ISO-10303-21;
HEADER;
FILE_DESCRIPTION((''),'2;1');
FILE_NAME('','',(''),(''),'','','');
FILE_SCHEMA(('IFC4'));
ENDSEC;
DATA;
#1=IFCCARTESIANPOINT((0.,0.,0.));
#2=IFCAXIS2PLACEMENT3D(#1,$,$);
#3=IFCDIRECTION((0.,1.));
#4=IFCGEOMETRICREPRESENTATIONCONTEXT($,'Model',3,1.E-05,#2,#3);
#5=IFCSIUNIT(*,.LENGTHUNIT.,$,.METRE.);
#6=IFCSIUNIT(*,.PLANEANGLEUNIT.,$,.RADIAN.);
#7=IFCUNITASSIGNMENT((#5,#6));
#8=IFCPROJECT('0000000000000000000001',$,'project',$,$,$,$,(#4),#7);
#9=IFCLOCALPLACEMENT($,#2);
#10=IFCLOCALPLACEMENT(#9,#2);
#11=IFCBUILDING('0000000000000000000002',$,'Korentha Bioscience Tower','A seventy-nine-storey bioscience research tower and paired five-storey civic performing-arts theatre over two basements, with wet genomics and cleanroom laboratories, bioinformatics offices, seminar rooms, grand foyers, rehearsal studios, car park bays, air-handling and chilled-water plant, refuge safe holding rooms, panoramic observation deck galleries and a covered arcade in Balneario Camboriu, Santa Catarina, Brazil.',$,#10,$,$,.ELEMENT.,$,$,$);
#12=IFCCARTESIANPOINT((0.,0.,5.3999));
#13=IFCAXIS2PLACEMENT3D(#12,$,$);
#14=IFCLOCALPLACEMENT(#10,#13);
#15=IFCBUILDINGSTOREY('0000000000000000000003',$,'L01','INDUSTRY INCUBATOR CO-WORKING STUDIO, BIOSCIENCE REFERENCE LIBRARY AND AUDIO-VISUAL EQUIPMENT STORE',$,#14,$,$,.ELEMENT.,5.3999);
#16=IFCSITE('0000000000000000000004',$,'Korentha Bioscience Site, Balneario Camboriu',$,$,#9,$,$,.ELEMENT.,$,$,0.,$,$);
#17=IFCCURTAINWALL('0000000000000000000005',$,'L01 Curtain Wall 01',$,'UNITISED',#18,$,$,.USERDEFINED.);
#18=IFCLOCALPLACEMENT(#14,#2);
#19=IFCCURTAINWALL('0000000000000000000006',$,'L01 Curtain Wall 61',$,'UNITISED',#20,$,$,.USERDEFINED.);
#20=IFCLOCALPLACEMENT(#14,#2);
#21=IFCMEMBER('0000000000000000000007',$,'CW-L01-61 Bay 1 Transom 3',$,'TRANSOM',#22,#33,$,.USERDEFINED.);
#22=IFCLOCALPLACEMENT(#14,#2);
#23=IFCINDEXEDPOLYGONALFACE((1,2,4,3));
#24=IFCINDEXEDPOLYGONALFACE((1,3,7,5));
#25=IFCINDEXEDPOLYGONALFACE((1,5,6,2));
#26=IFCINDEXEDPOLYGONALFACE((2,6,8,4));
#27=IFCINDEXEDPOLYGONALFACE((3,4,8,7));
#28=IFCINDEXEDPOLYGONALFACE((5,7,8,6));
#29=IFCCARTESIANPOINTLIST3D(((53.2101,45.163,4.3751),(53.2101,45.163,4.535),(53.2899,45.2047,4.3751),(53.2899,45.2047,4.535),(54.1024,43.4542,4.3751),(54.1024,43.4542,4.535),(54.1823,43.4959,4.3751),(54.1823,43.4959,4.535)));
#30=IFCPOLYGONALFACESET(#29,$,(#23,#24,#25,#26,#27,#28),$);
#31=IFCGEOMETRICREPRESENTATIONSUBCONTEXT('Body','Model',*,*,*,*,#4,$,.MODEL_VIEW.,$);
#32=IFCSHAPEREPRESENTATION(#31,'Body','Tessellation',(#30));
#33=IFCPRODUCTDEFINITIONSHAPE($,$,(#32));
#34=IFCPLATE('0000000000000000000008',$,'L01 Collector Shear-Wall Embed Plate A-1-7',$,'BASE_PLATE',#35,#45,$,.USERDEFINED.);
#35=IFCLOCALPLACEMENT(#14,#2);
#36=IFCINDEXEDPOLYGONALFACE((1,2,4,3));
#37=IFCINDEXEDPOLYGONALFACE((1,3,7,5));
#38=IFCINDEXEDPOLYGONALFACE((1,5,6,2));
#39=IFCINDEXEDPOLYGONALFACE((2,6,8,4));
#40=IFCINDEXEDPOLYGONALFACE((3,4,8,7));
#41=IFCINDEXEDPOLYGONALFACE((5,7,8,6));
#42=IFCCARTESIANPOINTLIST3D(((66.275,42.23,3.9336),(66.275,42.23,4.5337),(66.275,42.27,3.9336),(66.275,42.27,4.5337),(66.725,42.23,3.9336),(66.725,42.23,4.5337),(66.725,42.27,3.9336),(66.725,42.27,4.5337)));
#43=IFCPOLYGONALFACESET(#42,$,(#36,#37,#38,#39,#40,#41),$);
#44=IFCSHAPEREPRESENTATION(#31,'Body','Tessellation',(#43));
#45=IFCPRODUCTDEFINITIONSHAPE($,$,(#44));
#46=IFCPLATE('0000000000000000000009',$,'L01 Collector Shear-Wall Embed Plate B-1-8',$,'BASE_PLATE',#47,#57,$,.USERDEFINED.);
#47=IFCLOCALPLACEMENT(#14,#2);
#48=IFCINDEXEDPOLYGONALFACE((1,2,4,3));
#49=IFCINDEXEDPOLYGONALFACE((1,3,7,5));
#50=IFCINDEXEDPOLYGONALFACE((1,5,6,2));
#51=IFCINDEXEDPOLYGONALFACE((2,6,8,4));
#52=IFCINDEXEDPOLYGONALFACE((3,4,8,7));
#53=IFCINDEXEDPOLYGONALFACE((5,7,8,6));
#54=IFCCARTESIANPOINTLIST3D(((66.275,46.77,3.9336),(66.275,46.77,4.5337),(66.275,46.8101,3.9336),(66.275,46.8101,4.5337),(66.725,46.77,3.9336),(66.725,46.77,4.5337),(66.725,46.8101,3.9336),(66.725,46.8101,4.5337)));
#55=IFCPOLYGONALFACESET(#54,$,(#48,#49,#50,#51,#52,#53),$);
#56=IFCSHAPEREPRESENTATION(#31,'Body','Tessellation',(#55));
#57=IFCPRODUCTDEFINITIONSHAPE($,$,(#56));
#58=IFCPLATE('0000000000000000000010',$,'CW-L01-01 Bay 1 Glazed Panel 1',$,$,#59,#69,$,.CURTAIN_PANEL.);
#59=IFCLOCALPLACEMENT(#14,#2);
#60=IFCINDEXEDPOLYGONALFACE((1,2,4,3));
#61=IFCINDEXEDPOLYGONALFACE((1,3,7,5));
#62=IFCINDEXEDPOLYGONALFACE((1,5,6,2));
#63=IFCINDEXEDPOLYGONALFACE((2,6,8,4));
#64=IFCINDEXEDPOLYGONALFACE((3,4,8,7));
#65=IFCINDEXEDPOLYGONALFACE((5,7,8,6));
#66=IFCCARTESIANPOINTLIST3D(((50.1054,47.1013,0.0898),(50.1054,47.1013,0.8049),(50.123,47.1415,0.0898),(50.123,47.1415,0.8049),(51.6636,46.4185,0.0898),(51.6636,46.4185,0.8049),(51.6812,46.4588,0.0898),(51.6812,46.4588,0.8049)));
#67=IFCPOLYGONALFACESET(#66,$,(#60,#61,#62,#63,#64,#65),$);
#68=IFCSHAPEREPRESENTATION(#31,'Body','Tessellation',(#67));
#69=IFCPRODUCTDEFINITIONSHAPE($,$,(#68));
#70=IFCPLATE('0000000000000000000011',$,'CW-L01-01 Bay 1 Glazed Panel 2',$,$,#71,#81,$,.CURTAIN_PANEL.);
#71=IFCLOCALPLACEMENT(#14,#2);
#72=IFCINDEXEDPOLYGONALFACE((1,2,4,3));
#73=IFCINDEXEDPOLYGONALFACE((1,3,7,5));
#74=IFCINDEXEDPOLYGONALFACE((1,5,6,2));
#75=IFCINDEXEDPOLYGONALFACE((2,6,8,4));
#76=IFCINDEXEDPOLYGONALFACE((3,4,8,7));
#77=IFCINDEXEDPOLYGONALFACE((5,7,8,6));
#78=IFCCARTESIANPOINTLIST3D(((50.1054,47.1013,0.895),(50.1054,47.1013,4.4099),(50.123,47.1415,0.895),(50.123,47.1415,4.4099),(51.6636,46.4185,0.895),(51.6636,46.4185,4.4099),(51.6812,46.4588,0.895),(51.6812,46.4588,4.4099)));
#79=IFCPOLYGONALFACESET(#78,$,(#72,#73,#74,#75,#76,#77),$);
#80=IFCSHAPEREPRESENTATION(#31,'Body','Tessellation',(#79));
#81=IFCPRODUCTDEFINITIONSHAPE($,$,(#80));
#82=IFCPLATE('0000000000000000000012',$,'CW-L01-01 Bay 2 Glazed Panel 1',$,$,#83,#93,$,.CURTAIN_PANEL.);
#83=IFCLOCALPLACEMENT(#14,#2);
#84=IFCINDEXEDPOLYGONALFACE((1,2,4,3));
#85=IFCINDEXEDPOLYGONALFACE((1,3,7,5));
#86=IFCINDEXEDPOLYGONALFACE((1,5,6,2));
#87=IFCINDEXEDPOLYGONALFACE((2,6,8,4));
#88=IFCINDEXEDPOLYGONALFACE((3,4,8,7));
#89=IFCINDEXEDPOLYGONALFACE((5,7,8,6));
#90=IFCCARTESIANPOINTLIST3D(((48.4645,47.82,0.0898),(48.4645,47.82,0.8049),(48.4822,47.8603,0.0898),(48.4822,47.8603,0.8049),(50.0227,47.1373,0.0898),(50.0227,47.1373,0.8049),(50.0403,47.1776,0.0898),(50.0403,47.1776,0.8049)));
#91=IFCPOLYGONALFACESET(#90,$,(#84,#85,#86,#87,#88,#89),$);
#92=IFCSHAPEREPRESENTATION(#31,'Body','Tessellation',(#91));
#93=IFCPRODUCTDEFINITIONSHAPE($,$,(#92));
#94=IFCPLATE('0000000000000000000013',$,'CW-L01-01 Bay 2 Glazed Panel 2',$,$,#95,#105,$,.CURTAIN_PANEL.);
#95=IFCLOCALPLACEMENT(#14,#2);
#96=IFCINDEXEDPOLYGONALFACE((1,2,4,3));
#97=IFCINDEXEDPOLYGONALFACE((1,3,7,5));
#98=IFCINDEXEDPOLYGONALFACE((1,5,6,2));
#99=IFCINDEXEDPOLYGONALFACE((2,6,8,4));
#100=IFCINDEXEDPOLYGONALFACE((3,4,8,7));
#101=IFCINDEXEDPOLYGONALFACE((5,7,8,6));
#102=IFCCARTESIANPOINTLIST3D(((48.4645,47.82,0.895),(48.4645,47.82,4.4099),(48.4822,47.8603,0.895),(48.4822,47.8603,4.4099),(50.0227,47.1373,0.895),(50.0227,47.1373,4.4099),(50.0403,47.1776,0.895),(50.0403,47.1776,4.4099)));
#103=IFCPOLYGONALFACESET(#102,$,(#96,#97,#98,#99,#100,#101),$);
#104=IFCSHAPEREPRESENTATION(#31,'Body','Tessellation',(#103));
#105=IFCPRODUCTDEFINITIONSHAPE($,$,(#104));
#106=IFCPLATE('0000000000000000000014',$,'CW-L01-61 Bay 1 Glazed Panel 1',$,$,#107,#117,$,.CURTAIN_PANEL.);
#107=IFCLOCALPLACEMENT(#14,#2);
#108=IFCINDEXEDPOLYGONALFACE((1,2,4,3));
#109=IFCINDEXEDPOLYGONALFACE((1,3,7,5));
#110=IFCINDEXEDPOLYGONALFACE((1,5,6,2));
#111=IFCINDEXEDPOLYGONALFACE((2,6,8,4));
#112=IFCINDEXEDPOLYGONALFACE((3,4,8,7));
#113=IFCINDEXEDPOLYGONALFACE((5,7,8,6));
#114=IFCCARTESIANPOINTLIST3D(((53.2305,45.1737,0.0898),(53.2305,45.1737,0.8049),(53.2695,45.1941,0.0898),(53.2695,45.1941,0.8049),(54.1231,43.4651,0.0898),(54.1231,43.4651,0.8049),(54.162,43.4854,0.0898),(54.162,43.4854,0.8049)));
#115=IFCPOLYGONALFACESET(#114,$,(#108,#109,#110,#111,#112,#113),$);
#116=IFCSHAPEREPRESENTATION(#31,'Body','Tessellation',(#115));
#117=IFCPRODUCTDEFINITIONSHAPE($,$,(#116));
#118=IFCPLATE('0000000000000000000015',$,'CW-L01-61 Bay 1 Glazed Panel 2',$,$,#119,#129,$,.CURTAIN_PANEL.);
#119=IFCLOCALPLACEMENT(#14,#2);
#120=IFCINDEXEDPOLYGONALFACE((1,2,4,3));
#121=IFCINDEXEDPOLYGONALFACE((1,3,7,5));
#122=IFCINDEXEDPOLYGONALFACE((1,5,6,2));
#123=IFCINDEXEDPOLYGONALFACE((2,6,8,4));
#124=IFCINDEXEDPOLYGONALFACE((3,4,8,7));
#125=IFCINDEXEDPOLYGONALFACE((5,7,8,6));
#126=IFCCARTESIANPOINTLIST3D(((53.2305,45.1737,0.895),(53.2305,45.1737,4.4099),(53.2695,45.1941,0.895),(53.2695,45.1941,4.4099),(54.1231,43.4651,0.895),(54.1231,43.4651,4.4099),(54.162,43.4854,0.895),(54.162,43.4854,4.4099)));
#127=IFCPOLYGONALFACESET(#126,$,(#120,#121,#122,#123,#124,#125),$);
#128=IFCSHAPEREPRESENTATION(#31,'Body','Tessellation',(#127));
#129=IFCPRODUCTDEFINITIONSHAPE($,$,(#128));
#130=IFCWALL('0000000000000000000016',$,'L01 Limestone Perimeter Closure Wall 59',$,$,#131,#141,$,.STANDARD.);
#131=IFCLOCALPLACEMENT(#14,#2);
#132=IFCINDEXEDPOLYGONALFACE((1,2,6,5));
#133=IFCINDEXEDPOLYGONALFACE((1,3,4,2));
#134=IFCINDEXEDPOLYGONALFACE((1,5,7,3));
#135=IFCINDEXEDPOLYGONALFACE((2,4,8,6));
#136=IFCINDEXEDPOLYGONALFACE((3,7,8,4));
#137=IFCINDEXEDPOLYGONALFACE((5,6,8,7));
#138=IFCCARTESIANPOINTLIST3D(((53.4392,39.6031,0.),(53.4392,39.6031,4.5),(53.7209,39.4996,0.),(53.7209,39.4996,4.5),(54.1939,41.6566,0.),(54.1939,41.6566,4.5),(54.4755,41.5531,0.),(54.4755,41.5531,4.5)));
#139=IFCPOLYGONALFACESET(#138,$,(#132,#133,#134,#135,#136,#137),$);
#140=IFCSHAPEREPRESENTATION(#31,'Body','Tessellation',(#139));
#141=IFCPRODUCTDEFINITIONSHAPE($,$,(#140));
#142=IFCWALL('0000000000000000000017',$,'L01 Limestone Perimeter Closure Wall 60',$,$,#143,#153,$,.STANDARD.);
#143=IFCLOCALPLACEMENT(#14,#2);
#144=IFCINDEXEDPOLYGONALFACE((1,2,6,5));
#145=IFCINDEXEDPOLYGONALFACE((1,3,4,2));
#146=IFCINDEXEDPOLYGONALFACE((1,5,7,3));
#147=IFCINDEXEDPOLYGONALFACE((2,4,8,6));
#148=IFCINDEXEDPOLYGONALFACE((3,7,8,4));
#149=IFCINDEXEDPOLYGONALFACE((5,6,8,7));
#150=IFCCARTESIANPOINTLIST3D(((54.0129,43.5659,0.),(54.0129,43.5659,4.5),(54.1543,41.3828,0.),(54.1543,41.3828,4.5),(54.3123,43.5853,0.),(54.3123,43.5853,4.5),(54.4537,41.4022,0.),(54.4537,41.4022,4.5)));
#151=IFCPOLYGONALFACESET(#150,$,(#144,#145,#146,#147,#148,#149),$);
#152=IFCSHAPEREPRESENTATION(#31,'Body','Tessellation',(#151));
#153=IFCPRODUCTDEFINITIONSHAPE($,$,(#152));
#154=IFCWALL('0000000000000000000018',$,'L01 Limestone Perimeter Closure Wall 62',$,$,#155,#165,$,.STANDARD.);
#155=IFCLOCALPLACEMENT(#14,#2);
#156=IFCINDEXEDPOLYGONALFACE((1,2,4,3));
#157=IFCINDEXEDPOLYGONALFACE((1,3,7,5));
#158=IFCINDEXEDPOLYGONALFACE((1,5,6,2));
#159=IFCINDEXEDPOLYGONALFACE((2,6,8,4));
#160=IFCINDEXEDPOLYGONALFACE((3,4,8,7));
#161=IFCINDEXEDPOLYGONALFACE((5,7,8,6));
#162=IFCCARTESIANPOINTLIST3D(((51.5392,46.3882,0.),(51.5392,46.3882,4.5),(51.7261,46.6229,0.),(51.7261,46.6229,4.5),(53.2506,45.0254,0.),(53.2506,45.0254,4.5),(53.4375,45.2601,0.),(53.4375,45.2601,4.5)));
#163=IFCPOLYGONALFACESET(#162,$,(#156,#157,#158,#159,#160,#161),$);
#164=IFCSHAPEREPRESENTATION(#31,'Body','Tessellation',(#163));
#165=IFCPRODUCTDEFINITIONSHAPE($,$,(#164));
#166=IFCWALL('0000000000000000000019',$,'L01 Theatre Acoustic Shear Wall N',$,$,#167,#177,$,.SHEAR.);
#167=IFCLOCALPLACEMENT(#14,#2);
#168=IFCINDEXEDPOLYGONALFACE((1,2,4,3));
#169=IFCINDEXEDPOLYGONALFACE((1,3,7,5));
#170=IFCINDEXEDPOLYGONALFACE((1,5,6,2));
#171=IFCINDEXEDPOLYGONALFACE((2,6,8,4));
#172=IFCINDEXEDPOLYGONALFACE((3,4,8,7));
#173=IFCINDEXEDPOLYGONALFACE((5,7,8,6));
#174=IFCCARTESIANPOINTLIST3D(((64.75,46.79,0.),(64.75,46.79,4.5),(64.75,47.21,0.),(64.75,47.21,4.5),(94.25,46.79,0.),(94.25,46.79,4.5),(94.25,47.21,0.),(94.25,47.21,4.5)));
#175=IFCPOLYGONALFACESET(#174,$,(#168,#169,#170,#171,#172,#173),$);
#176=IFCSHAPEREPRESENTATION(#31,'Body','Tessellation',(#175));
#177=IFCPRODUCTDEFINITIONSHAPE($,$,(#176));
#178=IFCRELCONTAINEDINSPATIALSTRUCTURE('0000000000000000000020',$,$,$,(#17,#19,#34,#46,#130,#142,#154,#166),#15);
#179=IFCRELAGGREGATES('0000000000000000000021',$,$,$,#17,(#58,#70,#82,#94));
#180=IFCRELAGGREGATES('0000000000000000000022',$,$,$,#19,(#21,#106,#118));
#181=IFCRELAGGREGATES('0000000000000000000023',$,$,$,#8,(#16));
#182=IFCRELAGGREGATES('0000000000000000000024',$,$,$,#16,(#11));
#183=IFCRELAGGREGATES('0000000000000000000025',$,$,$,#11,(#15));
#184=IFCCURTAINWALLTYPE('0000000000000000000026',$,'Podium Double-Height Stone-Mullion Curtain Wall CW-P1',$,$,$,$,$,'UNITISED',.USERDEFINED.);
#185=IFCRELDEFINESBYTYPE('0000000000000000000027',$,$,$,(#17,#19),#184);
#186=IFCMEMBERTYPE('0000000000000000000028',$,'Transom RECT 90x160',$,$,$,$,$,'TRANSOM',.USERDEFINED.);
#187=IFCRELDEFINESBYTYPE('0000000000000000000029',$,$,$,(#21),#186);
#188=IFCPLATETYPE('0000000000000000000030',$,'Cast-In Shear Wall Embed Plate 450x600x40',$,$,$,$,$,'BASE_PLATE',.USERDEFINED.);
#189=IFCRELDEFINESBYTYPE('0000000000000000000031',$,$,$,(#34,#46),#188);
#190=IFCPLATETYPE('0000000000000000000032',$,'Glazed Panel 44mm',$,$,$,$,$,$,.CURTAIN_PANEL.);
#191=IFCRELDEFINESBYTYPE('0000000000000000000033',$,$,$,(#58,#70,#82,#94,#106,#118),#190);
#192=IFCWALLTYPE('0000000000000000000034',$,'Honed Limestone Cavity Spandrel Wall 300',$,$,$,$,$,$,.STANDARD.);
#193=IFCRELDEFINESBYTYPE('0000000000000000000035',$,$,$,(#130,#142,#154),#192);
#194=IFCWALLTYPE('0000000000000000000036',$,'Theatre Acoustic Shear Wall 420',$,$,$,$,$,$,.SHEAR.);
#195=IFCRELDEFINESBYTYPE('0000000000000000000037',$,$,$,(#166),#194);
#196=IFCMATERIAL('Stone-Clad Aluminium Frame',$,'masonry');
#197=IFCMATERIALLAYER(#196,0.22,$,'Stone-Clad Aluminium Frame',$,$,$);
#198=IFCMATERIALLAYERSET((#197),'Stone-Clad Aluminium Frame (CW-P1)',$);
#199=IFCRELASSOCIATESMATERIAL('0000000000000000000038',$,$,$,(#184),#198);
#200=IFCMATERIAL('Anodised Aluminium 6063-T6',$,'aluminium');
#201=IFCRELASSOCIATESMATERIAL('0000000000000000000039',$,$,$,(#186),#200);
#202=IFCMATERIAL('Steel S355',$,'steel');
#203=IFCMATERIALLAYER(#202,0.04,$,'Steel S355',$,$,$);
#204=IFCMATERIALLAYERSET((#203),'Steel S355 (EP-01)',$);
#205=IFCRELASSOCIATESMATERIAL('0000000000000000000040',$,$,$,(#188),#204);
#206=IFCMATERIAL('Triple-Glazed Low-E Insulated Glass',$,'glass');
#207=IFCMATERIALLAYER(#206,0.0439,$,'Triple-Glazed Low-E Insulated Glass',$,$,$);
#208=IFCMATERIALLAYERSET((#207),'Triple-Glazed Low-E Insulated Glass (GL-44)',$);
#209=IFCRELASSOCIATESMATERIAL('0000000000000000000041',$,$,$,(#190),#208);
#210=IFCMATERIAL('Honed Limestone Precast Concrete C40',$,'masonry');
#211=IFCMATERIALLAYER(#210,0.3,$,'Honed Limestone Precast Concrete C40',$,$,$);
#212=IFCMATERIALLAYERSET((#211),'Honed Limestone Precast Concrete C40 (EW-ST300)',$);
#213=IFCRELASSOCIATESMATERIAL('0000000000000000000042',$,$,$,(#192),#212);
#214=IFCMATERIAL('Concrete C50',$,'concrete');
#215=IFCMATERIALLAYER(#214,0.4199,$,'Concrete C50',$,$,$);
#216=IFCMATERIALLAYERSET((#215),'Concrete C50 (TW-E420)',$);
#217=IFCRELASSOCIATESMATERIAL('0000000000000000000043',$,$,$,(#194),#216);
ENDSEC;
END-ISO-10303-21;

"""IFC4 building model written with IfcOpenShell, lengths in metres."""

from ifc_helpers import new_model, si_unit, direction, frame, frame_2d, origin, origin_2d, place, context, subcontext, project, spatial, rectangle, extrude, material, layer, layer_set, material_profile, profile_set, type_object, element, aggregate, save


model = new_model("IFC4")

# Units and contexts
model_context = context("Model", 3, precision=1e-05, world=origin(), true_north=direction((0.0, 1.0)))
body_context = subcontext(model_context, "Body", "Model", "MODEL_VIEW")
ifc_project = project(units=[si_unit("LENGTHUNIT", "METRE"), si_unit("PLANEANGLEUNIT", "RADIAN")], contexts=[model_context])

# Site, building, storey
site_placement = place(None, origin())
site = spatial("IfcSite", under=ifc_project, at=site_placement, Name="Korentha Bioscience Site, Balneario Camboriu", CompositionType="ELEMENT", RefElevation=0.0)
building_placement = place(site_placement, origin())
building = spatial("IfcBuilding", under=site, at=building_placement, Name="Korentha Bioscience Tower", Description="A seventy-nine-storey bioscience research tower and paired five-storey civic performing-arts theatre over two basements, with wet genomics and cleanroom laboratories, bioinformatics offices, seminar rooms, grand foyers, rehearsal studios, car park bays, air-handling and chilled-water plant, refuge safe holding rooms, panoramic observation deck galleries and a covered arcade in Balneario Camboriu, Santa Catarina, Brazil.", CompositionType="ELEMENT")
storey_placement = place(building_placement, frame((0.0, 0.0, 5.3999)))
storey = spatial("IfcBuildingStorey", under=building, at=storey_placement, Name="L01", Description="INDUSTRY INCUBATOR CO-WORKING STUDIO, BIOSCIENCE REFERENCE LIBRARY AND AUDIO-VISUAL EQUIPMENT STORE", CompositionType="ELEMENT", Elevation=5.3999)

# Shared definitions
ifc_material_1 = material(Name="Concrete C50", Category="concrete")

# Curtain walls
ifc_material_2 = material(Name="Stone-Clad Aluminium Frame", Category="masonry")
ifc_layer_1 = layer(ifc_material_2, 0.22, Name="Stone-Clad Aluminium Frame")
ifc_layer_set_1 = layer_set([ifc_layer_1], Name="Stone-Clad Aluminium Frame (CW-P1)")
curtain_wall_type = type_object("IfcCurtainWallType", Name="Podium Double-Height Stone-Mullion Curtain Wall CW-P1", ElementType="UNITISED", PredefinedType="USERDEFINED", material=ifc_layer_set_1)
curtain_wall_1_placement = place(storey_placement, origin())
curtain_wall_1 = element("IfcCurtainWall", 1, at=curtain_wall_1_placement, inside=storey, type_object=curtain_wall_type, Name="L01 Curtain Wall 01", ObjectType="UNITISED", PredefinedType="USERDEFINED")
ifc_material_3 = material(Name="Anodised Aluminium 6063-T6", Category="aluminium")
curtain_wall_2_placement = place(storey_placement, origin())
curtain_wall_2 = element("IfcCurtainWall", 2, at=curtain_wall_2_placement, inside=storey, type_object=curtain_wall_type, Name="L01 Curtain Wall 61", ObjectType="UNITISED", PredefinedType="USERDEFINED")

# Shared definitions
ifc_material_4 = material(Name="Steel S355", Category="steel")

# Member
ifc_material_profile_1 = material_profile(ifc_material_3, rectangle(XDim=0.0901, YDim=0.1599, at=origin_2d()), Name="Anodised Aluminium 6063-T6")
ifc_profile_set_1 = profile_set([ifc_material_profile_1], Name="Anodised Aluminium 6063-T6 (CW-TRN)")
member_type_1 = type_object("IfcMemberType", Name="Transom RECT 90x160", ElementType="TRANSOM", PredefinedType="USERDEFINED", material=ifc_profile_set_1)
member_1_placement = place(storey_placement, frame((54.1423, 43.4751, 4.4551), z_axis=(-0.462899, 0.886411, 0.0), x_axis=(-0.886411, -0.462899, 0.0)))
member_1 = element("IfcMember", 3, at=member_1_placement, type_object=member_type_1, Name="CW-L01-61 Bay 1 Transom 3", ObjectType="TRANSOM", PredefinedType="USERDEFINED", context=body_context, shape_type="SweptSolid", body=[
    extrude(rectangle(XDim=0.0901, YDim=0.1599, at=origin_2d()), origin(), (0.0, 0.0, 1.0), 1.9277),
])

# Plates
ifc_layer_2 = layer(ifc_material_4, 0.04, Name="Steel S355")
ifc_layer_set_2 = layer_set([ifc_layer_2], Name="Steel S355 (EP-01)")
plate_type_1 = type_object("IfcPlateType", Name="Cast-In Shear Wall Embed Plate 450x600x40", ElementType="BASE_PLATE", PredefinedType="USERDEFINED", material=ifc_layer_set_2)
for number, where, z_axis, x_axis, name in (
    (4, (66.5, 42.25, 3.9336), (0.0, 0.0, 1.0), (1.0, 0.0, 0.0), "L01 Collector Shear-Wall Embed Plate A-1-7"),
    (5, (66.5, 46.79, 3.9336), (0.0, 0.0, 1.0), (1.0, 0.0, 0.0), "L01 Collector Shear-Wall Embed Plate B-1-8"),
):
    element("IfcPlate", number, at=place(storey_placement, frame(where, z_axis=z_axis, x_axis=x_axis)), inside=storey, type_object=plate_type_1, Name=name, ObjectType="BASE_PLATE", PredefinedType="USERDEFINED", context=body_context, shape_type="SweptSolid", body=[
        extrude(rectangle(XDim=0.45, YDim=0.04, at=origin_2d()), origin(), (0.0, 0.0, 1.0), 0.6001),
    ])

# Plates
ifc_material_5 = material(Name="Triple-Glazed Low-E Insulated Glass", Category="glass")
ifc_layer_3 = layer(ifc_material_5, 0.0439, Name="Triple-Glazed Low-E Insulated Glass")
ifc_layer_set_3 = layer_set([ifc_layer_3], Name="Triple-Glazed Low-E Insulated Glass (GL-44)")
plate_type_2 = type_object("IfcPlateType", Name="Glazed Panel 44mm", PredefinedType="CURTAIN_PANEL", material=ifc_layer_set_3)
plate_1_placement = place(storey_placement, frame((50.8933, 46.78, 0.0898), z_axis=(0.0, 0.0, 1.0), x_axis=(-0.915939, 0.401317, 0.0)))
plate_1 = element("IfcPlate", 6, at=plate_1_placement, type_object=plate_type_2, Name="CW-L01-01 Bay 1 Glazed Panel 1", PredefinedType="CURTAIN_PANEL", context=body_context, shape_type="SweptSolid", body=[
    extrude(rectangle(XDim=1.7012, YDim=0.0439, at=origin_2d()), origin(), (0.0, 0.0, 1.0), 0.7151),
])
plate_2_placement = place(storey_placement, frame((50.8933, 46.78, 0.895), z_axis=(0.0, 0.0, 1.0), x_axis=(-0.915939, 0.401317, 0.0)))
plate_2 = element("IfcPlate", 7, at=plate_2_placement, type_object=plate_type_2, Name="CW-L01-01 Bay 1 Glazed Panel 2", PredefinedType="CURTAIN_PANEL", context=body_context, shape_type="SweptSolid", body=[
    extrude(rectangle(XDim=1.7012, YDim=0.0439, at=origin_2d()), origin(), (0.0, 0.0, 1.0), 3.5149),
])
plate_3_placement = place(storey_placement, frame((49.2524, 47.4988, 0.0898), z_axis=(0.0, 0.0, 1.0), x_axis=(-0.915939, 0.401317, 0.0)))
plate_3 = element("IfcPlate", 8, at=plate_3_placement, type_object=plate_type_2, Name="CW-L01-01 Bay 2 Glazed Panel 1", PredefinedType="CURTAIN_PANEL", context=body_context, shape_type="SweptSolid", body=[
    extrude(rectangle(XDim=1.7012, YDim=0.0439, at=origin_2d()), origin(), (0.0, 0.0, 1.0), 0.7151),
])
plate_4_placement = place(storey_placement, frame((49.2524, 47.4988, 0.895), z_axis=(0.0, 0.0, 1.0), x_axis=(-0.915939, 0.401317, 0.0)))
plate_4 = element("IfcPlate", 9, at=plate_4_placement, type_object=plate_type_2, Name="CW-L01-01 Bay 2 Glazed Panel 2", PredefinedType="CURTAIN_PANEL", context=body_context, shape_type="SweptSolid", body=[
    extrude(rectangle(XDim=1.7012, YDim=0.0439, at=origin_2d()), origin(), (0.0, 0.0, 1.0), 3.5149),
])
aggregate(curtain_wall_1, [plate_1, plate_2, plate_3, plate_4])
plate_5_placement = place(storey_placement, frame((53.6963, 44.3296, 0.0898), z_axis=(0.0, 0.0, 1.0), x_axis=(-0.463009, 0.886354, 0.0)))
plate_5 = element("IfcPlate", 10, at=plate_5_placement, type_object=plate_type_2, Name="CW-L01-61 Bay 1 Glazed Panel 1", PredefinedType="CURTAIN_PANEL", context=body_context, shape_type="SweptSolid", body=[
    extrude(rectangle(XDim=1.9277, YDim=0.0439, at=origin_2d()), origin(), (0.0, 0.0, 1.0), 0.7151),
])
plate_6_placement = place(storey_placement, frame((53.6963, 44.3296, 0.895), z_axis=(0.0, 0.0, 1.0), x_axis=(-0.463009, 0.886354, 0.0)))
plate_6 = element("IfcPlate", 11, at=plate_6_placement, type_object=plate_type_2, Name="CW-L01-61 Bay 1 Glazed Panel 2", PredefinedType="CURTAIN_PANEL", context=body_context, shape_type="SweptSolid", body=[
    extrude(rectangle(XDim=1.9277, YDim=0.0439, at=origin_2d()), origin(), (0.0, 0.0, 1.0), 3.5149),
])
aggregate(curtain_wall_2, [member_1, plate_5, plate_6])

# Walls
ifc_material_6 = material(Name="Honed Limestone Precast Concrete C40", Category="masonry")
ifc_layer_4 = layer(ifc_material_6, 0.3, Name="Honed Limestone Precast Concrete C40")
ifc_layer_set_4 = layer_set([ifc_layer_4], Name="Honed Limestone Precast Concrete C40 (EW-ST300)")
wall_type_1 = type_object("IfcWallType", Name="Honed Limestone Cavity Spandrel Wall 300", PredefinedType="STANDARD", material=ifc_layer_set_4)
for number, where, z_axis, x_axis, name in (
    (12, (53.5801, 39.5515, 0.0), (0.0, 0.0, 1.0), (0.34494, 0.938625, 0.0), "L01 Limestone Perimeter Closure Wall 59"),
    (13, (54.304, 41.3926, 0.0), (0.0, 0.0, 1.0), (-0.064615, 0.99791, 0.0), "L01 Limestone Perimeter Closure Wall 60"),
    (14, (53.344, 45.1428, 0.0), (0.0, 0.0, 1.0), (-0.782282, 0.622924, 0.0), "L01 Limestone Perimeter Closure Wall 62"),
):
    element("IfcWall", number, at=place(storey_placement, frame(where, z_axis=z_axis, x_axis=x_axis)), inside=storey, type_object=wall_type_1, Name=name, PredefinedType="STANDARD", context=body_context, shape_type="SweptSolid", body=[
        extrude(rectangle(XDim=2.1877, YDim=0.3, at=frame_2d((1.0938, 0.0))), origin(), (0.0, 0.0, 1.0), 4.5),
    ])
ifc_layer_5 = layer(ifc_material_1, 0.4199, Name="Concrete C50")
ifc_layer_set_5 = layer_set([ifc_layer_5], Name="Concrete C50 (TW-E420)")
wall_type_2 = type_object("IfcWallType", Name="Theatre Acoustic Shear Wall 420", PredefinedType="SHEAR", material=ifc_layer_set_5)
wall_1_placement = place(storey_placement, frame((64.75, 47.0, 0.0), z_axis=(0.0, 0.0, 1.0), x_axis=(1.0, 0.0, 0.0)))
element("IfcWall", 15, at=wall_1_placement, inside=storey, type_object=wall_type_2, Name="L01 Theatre Acoustic Shear Wall N", PredefinedType="SHEAR", context=body_context, shape_type="SweptSolid", body=[
    extrude(rectangle(XDim=29.5, YDim=0.4199, at=frame_2d((14.75, 0.0))), origin(), (0.0, 0.0, 1.0), 4.5),
])

save(model, "model.ifc")
